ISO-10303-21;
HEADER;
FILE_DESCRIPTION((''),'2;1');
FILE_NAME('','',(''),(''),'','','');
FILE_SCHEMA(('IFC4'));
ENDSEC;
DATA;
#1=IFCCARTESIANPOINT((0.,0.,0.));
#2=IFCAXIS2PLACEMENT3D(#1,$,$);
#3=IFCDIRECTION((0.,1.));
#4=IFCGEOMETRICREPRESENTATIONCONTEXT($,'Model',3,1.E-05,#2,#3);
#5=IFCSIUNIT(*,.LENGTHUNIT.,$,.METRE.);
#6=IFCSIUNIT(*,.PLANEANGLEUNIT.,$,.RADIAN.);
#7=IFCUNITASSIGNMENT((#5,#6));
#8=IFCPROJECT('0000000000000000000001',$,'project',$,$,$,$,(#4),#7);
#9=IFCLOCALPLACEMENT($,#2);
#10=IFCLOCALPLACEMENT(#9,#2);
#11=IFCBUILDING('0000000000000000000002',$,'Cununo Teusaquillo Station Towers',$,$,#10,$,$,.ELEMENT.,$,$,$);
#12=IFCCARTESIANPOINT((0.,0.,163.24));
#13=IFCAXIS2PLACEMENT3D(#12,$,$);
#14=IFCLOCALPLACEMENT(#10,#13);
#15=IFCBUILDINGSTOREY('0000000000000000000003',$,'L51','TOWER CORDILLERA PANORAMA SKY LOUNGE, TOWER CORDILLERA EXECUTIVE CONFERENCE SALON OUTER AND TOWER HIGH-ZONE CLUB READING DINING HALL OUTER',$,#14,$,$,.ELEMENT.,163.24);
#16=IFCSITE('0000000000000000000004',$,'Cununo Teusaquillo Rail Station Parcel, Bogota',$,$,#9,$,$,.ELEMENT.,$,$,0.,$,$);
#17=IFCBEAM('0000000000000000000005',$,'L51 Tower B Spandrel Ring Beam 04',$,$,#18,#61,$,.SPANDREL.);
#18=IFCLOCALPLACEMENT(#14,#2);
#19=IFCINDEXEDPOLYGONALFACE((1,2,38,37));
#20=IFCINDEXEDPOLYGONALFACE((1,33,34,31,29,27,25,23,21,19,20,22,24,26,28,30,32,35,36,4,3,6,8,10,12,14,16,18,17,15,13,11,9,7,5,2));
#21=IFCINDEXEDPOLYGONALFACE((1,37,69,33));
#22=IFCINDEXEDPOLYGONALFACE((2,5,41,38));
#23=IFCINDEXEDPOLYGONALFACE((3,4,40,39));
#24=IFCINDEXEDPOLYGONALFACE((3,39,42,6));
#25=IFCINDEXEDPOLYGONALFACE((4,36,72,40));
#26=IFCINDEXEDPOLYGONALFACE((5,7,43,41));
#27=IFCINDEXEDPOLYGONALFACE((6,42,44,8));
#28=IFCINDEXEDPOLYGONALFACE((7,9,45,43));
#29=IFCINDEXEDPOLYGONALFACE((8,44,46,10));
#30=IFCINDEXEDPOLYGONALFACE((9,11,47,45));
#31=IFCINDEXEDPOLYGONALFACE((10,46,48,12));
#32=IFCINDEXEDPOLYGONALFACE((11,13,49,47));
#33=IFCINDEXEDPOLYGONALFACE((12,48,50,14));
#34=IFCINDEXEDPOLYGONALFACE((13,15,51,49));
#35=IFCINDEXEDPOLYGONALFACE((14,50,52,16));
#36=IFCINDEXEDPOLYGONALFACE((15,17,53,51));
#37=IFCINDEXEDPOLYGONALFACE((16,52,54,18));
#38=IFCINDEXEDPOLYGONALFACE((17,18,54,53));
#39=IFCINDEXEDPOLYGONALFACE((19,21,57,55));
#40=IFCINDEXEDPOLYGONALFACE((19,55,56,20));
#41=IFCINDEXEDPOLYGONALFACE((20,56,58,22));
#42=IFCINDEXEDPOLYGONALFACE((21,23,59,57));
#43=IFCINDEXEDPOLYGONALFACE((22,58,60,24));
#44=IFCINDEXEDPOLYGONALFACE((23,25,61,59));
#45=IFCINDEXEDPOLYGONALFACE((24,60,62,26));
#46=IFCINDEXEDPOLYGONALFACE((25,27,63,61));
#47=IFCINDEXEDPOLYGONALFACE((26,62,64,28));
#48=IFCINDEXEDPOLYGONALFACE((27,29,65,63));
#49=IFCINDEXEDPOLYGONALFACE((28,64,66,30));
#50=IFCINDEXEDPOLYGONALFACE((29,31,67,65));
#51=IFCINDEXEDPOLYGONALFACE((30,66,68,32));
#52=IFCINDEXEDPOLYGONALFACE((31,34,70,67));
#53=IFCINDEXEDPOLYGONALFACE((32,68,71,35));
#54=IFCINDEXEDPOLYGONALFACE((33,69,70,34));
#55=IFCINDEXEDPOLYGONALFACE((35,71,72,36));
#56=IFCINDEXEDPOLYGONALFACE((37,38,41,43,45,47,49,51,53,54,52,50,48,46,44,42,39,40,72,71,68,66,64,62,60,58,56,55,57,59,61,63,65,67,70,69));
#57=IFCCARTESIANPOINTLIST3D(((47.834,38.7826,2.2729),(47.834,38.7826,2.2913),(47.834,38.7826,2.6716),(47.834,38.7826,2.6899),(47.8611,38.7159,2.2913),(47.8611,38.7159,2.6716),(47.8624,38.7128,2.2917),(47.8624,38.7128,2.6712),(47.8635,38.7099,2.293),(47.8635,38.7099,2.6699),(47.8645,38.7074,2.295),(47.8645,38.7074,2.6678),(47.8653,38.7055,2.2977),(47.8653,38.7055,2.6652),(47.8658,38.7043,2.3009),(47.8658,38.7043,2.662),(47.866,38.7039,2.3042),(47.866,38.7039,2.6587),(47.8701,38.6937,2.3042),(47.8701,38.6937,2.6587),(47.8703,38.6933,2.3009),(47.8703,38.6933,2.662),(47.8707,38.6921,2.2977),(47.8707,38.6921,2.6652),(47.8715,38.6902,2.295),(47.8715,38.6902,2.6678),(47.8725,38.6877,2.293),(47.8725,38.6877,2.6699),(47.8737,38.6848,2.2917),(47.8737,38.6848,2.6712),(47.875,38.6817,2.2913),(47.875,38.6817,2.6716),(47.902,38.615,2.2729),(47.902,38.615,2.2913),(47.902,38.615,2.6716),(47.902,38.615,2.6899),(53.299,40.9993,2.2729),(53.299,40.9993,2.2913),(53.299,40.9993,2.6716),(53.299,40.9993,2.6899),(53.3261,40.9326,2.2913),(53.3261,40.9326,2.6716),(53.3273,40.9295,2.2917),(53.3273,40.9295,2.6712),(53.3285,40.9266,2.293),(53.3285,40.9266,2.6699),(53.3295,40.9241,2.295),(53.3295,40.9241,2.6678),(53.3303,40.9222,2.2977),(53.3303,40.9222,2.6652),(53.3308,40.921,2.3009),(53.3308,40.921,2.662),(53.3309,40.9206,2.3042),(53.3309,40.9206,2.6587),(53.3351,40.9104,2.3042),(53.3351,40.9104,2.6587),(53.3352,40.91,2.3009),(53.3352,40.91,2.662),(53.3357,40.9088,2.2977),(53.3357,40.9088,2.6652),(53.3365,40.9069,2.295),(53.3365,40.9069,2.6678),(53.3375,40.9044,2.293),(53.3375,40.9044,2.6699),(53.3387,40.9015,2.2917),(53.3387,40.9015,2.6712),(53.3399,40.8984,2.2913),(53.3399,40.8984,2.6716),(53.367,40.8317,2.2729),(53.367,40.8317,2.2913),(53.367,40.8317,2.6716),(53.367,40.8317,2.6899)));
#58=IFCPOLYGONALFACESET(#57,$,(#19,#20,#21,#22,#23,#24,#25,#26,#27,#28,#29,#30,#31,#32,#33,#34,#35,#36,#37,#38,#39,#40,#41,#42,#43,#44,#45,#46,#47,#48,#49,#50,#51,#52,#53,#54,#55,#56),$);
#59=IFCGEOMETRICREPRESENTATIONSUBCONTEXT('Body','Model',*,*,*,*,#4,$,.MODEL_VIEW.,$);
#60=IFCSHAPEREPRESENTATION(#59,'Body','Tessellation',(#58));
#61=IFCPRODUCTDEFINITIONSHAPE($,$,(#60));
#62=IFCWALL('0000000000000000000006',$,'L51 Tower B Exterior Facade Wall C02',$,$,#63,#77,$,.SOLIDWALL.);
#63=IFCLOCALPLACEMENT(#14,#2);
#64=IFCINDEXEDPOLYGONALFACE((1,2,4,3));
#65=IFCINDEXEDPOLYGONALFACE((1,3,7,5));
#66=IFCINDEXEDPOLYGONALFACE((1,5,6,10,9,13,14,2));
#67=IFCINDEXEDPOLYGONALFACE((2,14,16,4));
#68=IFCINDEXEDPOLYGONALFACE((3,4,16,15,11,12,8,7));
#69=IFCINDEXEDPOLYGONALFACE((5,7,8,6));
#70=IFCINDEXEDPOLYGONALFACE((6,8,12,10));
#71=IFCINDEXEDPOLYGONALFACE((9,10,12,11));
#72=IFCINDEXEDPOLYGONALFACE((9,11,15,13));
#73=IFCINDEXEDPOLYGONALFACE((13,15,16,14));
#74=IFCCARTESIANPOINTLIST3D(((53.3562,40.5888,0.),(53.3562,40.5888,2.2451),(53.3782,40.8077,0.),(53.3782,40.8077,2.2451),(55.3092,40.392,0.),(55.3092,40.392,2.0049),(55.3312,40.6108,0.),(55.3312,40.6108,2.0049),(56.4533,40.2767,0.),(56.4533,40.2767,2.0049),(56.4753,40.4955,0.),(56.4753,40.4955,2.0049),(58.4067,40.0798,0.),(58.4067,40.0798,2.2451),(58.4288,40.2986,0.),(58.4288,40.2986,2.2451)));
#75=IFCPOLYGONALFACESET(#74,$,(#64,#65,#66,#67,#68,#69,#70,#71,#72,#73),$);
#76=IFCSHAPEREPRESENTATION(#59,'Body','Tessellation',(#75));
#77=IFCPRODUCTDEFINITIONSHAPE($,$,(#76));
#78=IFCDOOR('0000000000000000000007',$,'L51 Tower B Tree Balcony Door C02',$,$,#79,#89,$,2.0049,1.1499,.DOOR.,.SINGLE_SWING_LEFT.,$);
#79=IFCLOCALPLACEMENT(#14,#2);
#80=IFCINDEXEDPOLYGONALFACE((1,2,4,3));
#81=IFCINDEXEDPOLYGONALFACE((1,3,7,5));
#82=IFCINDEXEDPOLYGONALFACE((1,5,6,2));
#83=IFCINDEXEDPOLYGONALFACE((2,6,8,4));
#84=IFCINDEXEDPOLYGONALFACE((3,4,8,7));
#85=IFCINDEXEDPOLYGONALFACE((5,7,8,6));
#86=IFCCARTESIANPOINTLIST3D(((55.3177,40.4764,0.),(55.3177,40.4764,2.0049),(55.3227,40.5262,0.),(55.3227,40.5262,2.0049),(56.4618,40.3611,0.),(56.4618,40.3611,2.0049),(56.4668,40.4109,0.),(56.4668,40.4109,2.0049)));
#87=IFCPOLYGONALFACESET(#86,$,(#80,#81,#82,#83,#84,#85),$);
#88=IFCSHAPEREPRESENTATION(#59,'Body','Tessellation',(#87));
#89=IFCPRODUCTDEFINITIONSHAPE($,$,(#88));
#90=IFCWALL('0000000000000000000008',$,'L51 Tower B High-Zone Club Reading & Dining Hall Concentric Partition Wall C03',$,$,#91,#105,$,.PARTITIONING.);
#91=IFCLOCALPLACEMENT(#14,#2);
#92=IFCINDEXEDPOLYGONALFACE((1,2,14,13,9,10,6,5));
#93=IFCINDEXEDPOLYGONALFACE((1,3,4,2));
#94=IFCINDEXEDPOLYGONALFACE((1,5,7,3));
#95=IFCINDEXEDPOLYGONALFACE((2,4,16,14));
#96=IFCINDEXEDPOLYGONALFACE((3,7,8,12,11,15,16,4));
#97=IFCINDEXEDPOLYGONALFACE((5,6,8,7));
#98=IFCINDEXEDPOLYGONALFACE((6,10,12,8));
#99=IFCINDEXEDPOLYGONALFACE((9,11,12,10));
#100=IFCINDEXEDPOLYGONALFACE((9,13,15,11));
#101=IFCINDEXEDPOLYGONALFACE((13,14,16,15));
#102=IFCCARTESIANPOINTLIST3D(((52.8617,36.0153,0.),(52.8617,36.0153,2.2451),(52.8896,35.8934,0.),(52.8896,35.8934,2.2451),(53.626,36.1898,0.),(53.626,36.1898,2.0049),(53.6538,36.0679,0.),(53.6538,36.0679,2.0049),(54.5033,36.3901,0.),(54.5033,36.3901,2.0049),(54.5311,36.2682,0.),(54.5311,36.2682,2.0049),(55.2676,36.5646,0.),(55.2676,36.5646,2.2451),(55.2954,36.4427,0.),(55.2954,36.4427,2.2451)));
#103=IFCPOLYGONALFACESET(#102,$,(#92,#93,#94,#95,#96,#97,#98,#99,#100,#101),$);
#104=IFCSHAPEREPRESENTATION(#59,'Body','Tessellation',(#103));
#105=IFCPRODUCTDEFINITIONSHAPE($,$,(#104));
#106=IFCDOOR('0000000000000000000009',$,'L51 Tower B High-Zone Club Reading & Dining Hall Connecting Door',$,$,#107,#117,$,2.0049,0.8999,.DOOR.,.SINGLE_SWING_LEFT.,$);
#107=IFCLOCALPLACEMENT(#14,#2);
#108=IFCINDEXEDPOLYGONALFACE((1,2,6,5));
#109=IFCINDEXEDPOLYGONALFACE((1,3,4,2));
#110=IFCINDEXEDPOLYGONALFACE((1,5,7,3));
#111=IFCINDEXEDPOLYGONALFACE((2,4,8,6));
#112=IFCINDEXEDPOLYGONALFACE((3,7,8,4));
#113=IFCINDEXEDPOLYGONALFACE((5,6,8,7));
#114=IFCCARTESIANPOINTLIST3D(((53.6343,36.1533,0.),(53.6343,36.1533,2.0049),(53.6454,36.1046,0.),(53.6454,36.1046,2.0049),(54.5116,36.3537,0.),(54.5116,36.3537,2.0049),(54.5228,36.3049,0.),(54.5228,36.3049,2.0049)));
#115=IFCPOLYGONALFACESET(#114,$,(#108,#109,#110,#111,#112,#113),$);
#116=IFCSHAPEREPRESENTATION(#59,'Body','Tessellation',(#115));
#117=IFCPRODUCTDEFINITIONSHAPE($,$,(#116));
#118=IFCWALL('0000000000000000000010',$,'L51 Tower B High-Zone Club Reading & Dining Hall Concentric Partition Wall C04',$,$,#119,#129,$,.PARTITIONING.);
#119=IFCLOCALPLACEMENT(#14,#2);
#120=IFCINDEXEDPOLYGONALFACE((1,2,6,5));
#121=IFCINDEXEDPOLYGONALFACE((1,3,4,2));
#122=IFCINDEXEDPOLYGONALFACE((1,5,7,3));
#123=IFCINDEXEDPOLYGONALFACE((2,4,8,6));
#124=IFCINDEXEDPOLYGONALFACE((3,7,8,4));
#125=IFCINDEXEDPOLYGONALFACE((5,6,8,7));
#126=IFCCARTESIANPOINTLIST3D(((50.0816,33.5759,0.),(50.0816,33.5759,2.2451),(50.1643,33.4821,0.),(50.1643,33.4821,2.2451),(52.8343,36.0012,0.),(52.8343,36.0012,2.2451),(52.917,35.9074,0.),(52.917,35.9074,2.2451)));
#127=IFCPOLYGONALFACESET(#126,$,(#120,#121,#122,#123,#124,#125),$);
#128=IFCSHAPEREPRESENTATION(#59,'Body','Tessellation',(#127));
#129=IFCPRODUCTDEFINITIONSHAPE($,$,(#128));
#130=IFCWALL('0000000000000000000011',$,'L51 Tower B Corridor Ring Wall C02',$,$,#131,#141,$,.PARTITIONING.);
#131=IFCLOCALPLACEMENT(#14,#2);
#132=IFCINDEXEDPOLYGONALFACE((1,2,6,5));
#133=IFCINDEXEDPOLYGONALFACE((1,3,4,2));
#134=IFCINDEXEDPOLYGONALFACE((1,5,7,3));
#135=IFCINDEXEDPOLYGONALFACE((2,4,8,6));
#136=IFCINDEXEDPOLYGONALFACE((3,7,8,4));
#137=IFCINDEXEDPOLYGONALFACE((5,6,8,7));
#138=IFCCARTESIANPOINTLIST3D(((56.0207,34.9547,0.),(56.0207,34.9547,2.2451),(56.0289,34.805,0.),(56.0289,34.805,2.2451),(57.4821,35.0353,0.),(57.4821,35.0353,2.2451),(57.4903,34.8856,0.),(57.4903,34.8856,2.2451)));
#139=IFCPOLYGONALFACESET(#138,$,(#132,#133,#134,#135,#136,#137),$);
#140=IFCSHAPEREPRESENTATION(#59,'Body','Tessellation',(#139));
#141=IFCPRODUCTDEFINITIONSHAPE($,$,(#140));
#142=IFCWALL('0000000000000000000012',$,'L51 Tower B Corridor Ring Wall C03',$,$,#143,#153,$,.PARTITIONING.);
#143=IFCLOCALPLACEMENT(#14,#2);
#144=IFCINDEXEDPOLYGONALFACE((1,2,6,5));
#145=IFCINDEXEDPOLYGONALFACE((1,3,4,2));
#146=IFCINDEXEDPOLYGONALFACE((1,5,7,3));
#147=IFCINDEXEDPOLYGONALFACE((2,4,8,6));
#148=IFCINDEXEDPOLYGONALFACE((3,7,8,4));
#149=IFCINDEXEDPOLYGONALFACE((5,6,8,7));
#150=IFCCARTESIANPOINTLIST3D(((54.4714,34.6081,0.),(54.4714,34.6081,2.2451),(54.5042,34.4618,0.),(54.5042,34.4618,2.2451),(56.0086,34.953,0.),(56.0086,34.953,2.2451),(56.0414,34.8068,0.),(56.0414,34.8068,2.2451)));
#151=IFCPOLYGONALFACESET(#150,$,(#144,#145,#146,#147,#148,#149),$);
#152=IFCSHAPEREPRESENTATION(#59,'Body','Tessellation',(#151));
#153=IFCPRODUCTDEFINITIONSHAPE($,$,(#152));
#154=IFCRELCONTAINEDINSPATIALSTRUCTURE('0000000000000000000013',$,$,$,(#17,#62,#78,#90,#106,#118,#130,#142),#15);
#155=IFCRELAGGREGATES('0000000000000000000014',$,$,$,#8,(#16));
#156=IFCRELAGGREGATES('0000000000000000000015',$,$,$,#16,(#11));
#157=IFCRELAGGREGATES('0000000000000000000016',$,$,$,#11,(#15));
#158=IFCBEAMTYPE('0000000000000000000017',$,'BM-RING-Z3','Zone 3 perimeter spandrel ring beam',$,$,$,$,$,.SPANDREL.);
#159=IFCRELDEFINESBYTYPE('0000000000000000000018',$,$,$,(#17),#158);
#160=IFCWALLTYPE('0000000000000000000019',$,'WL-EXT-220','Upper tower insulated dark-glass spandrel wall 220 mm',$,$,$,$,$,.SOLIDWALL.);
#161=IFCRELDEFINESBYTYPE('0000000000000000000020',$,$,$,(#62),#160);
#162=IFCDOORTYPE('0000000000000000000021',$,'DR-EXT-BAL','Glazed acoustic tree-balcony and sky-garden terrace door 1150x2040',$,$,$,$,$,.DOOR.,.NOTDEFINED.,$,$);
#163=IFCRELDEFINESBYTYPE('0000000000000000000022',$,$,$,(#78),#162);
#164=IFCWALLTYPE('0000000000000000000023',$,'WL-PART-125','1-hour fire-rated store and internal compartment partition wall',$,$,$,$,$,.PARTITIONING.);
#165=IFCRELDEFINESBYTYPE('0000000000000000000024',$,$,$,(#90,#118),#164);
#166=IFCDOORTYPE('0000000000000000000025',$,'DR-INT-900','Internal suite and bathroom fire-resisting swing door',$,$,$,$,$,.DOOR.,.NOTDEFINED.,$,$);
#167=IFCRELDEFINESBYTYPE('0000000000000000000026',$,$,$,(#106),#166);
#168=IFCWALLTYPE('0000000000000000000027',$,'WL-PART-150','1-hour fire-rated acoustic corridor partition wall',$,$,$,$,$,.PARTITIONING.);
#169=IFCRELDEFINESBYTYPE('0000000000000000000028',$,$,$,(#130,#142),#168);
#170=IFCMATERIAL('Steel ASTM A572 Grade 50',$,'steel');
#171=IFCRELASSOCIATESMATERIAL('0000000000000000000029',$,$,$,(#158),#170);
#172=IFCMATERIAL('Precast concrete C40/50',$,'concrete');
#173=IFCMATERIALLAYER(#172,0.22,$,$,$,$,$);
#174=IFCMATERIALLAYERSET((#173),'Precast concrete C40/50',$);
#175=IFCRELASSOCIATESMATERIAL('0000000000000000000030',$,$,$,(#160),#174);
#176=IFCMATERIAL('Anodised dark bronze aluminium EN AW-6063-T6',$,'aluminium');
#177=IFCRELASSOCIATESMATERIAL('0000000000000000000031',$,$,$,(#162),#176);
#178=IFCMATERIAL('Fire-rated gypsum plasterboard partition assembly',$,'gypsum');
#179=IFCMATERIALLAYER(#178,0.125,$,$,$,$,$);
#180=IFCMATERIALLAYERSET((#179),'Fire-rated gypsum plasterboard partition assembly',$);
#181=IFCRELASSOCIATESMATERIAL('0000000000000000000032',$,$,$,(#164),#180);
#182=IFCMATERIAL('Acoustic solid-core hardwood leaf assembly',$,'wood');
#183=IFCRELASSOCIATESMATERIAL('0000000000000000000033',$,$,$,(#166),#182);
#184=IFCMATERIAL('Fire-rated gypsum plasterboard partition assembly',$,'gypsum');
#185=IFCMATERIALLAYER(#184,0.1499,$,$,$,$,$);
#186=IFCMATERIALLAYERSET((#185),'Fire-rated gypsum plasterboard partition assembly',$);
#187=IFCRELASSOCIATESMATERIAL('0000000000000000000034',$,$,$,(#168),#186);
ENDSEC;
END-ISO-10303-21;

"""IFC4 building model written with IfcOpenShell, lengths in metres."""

from ifc_helpers import new_model, si_unit, direction, frame, frame_2d, origin, origin_2d, place, context, subcontext, project, spatial, rectangle, i_section, extrude, source, transform, mapped, material, layer, layer_set, material_profile, profile_set, type_object, element, fill, save


model = new_model("IFC4")

# Units and contexts
model_context = context("Model", 3, precision=1e-05, world=origin(), true_north=direction((0.0, 1.0)))
body_context = subcontext(model_context, "Body", "Model", "MODEL_VIEW")
ifc_project = project(units=[si_unit("LENGTHUNIT", "METRE"), si_unit("PLANEANGLEUNIT", "RADIAN")], contexts=[model_context])

# Site, building, storey
site_placement = place(None, origin())
site = spatial("IfcSite", under=ifc_project, at=site_placement, Name="Cununo Teusaquillo Rail Station Parcel, Bogota", CompositionType="ELEMENT", RefElevation=0.0)
building_placement = place(site_placement, origin())
building = spatial("IfcBuilding", under=site, at=building_placement, Name="Cununo Teusaquillo Station Towers", CompositionType="ELEMENT")
storey_placement = place(building_placement, frame((0.0, 0.0, 163.24)))
storey = spatial("IfcBuildingStorey", under=building, at=storey_placement, Name="L51", Description="TOWER CORDILLERA PANORAMA SKY LOUNGE, TOWER CORDILLERA EXECUTIVE CONFERENCE SALON OUTER AND TOWER HIGH-ZONE CLUB READING DINING HALL OUTER", CompositionType="ELEMENT", Elevation=163.24)

# Beam
ifc_material_1 = material(Name="Steel ASTM A572 Grade 50", Category="steel")
ifc_material_profile_1 = material_profile(ifc_material_1, i_section(OverallWidth=0.1809, OverallDepth=0.417, WebThickness=0.011, FlangeThickness=0.0183, FilletRadius=0.0129, at=origin_2d()), Name="W16X57")
ifc_profile_set_1 = profile_set([ifc_material_profile_1], Name="Steel ASTM A572 Grade 50")
beam_type_1 = type_object("IfcBeamType", Name="BM-RING-Z3", Description="Zone 3 perimeter spandrel ring beam", PredefinedType="SPANDREL", material=ifc_profile_set_1)
beam_1_placement = place(storey_placement, frame((53.333, 40.9155, 2.4814), z_axis=(-0.926667, -0.375883, 0.0), x_axis=(0.375883, -0.926667, 0.0)))
element("IfcBeam", 1, at=beam_1_placement, inside=storey, type_object=beam_type_1, Name="L51 Tower B Spandrel Ring Beam 04", PredefinedType="SPANDREL", context=body_context, shape_type="SweptSolid", body=[
    extrude(i_section(OverallWidth=0.1809, OverallDepth=0.417, WebThickness=0.011, FlangeThickness=0.0183, FilletRadius=0.0129, at=origin_2d()), origin(), (0.0, 0.0, 1.0), 5.8975),
])

# Walls, openings, doors
ifc_material_2 = material(Name="Precast concrete C40/50", Category="concrete")
ifc_layer_1 = layer(ifc_material_2, 0.22)
ifc_layer_set_1 = layer_set([ifc_layer_1], Name="Precast concrete C40/50")
wall_type_1 = type_object("IfcWallType", Name="WL-EXT-220", Description="Upper tower insulated dark-glass spandrel wall 220 mm", PredefinedType="SOLIDWALL", material=ifc_layer_set_1)
wall_1_placement = place(storey_placement, frame((53.3672, 40.6982, 0.0), z_axis=(0.0, 0.0, 1.0), x_axis=(0.994959, -0.10028, 0.0)))
wall_1 = element("IfcWall", 2, at=wall_1_placement, inside=storey, type_object=wall_type_1, Name="L51 Tower B Exterior Facade Wall C02", PredefinedType="SOLIDWALL", context=body_context, shape_type="SweptSolid", body=[
    extrude(rectangle(XDim=5.0762, YDim=0.22, at=frame_2d((2.5381, 0.0))), origin(), (0.0, 0.0, 1.0), 2.2451),
])
shared_shape_1 = source(origin(), body_context, "Body", "SweptSolid", [
    extrude(rectangle(XDim=1.1499, YDim=2.0049, at=frame_2d((0.575, 1.0024))), frame((0.0, 0.1199, 0.0), z_axis=(0.0, -1.0, 0.0), x_axis=(1.0, 0.0, 0.0)), (0.0, 0.0, 1.0), 0.24),
])
opening_1_placement = place(wall_1_placement, frame((1.9629, 0.0, 0.0)))
opening_1 = element("IfcOpeningElement", 3, at=opening_1_placement, cuts=wall_1, PredefinedType="OPENING", context=body_context, shape_type="MappedRepresentation", body=[
    mapped(shared_shape_1, transform((0.0, 0.0, 0.0), x_axis=(1.0, 0.0, 0.0), y_axis=(0.0, 1.0, 0.0), z_axis=(0.0, 0.0, 1.0), scale=1.0)),
])
ifc_material_3 = material(Name="Anodised dark bronze aluminium EN AW-6063-T6", Category="aluminium")
door_type_1 = type_object("IfcDoorType", Name="DR-EXT-BAL", Description="Glazed acoustic tree-balcony and sky-garden terrace door 1150x2040", OperationType="NOTDEFINED", PredefinedType="DOOR", material=ifc_material_3)
shared_shape_2 = source(origin(), body_context, "Body", "SweptSolid", [
    extrude(rectangle(XDim=1.1499, YDim=2.0049, at=frame_2d((0.575, 1.0024))), frame((0.0, 0.0249, 0.0), z_axis=(0.0, -1.0, 0.0), x_axis=(1.0, 0.0, 0.0)), (0.0, 0.0, 1.0), 0.05),
])
door_1_placement = place(opening_1_placement, origin())
door_1 = element("IfcDoor", 4, at=door_1_placement, inside=storey, type_object=door_type_1, Name="L51 Tower B Tree Balcony Door C02", OperationType="SINGLE_SWING_LEFT", OverallHeight=2.0049, OverallWidth=1.1499, PredefinedType="DOOR", context=body_context, shape_type="MappedRepresentation", body=[
    mapped(shared_shape_2, transform((0.0, 0.0, 0.0), x_axis=(1.0, 0.0, 0.0), y_axis=(0.0, 1.0, 0.0), z_axis=(0.0, 0.0, 1.0), scale=1.0)),
])
fill(opening_1, door_1)
ifc_material_4 = material(Name="Fire-rated gypsum plasterboard partition assembly", Category="gypsum")
ifc_layer_2 = layer(ifc_material_4, 0.125)
ifc_layer_set_2 = layer_set([ifc_layer_2], Name="Fire-rated gypsum plasterboard partition assembly")
wall_type_2 = type_object("IfcWallType", Name="WL-PART-125", Description="1-hour fire-rated store and internal compartment partition wall", PredefinedType="PARTITIONING", material=ifc_layer_set_2)
wall_2_placement = place(storey_placement, frame((55.2815, 36.5037, 0.0), z_axis=(0.0, 0.0, 1.0), x_axis=(-0.974909, -0.222605, 0.0)))
wall_2 = element("IfcWall", 5, at=wall_2_placement, inside=storey, type_object=wall_type_2, Name="L51 Tower B High-Zone Club Reading & Dining Hall Concentric Partition Wall C03", PredefinedType="PARTITIONING", context=body_context, shape_type="SweptSolid", body=[
    extrude(rectangle(XDim=2.4678, YDim=0.125, at=frame_2d((1.2339, 0.0))), origin(), (0.0, 0.0, 1.0), 2.2451),
])
shared_shape_3 = source(origin(), body_context, "Body", "SweptSolid", [
    extrude(rectangle(XDim=0.8999, YDim=2.0049, at=frame_2d((0.45, 1.0024))), frame((0.0, 0.0725, 0.0), z_axis=(0.0, -1.0, 0.0), x_axis=(1.0, 0.0, 0.0)), (0.0, 0.0, 1.0), 0.145),
])
opening_2_placement = place(wall_2_placement, frame((0.7839, 0.0, 0.0)))
opening_2 = element("IfcOpeningElement", 6, at=opening_2_placement, cuts=wall_2, PredefinedType="OPENING", context=body_context, shape_type="MappedRepresentation", body=[
    mapped(shared_shape_3, transform((0.0, 0.0, 0.0), x_axis=(1.0, 0.0, 0.0), y_axis=(0.0, 1.0, 0.0), z_axis=(0.0, 0.0, 1.0), scale=1.0)),
])
ifc_material_5 = material(Name="Acoustic solid-core hardwood leaf assembly", Category="wood")
door_type_2 = type_object("IfcDoorType", Name="DR-INT-900", Description="Internal suite and bathroom fire-resisting swing door", OperationType="NOTDEFINED", PredefinedType="DOOR", material=ifc_material_5)
shared_shape_4 = source(origin(), body_context, "Body", "SweptSolid", [
    extrude(rectangle(XDim=0.8999, YDim=2.0049, at=frame_2d((0.45, 1.0024))), frame((0.0, 0.0249, 0.0), z_axis=(0.0, -1.0, 0.0), x_axis=(1.0, 0.0, 0.0)), (0.0, 0.0, 1.0), 0.05),
])
door_2_placement = place(opening_2_placement, origin())
door_2 = element("IfcDoor", 7, at=door_2_placement, inside=storey, type_object=door_type_2, Name="L51 Tower B High-Zone Club Reading & Dining Hall Connecting Door", OperationType="SINGLE_SWING_LEFT", OverallHeight=2.0049, OverallWidth=0.8999, PredefinedType="DOOR", context=body_context, shape_type="MappedRepresentation", body=[
    mapped(shared_shape_4, transform((0.0, 0.0, 0.0), x_axis=(1.0, 0.0, 0.0), y_axis=(0.0, 1.0, 0.0), z_axis=(0.0, 0.0, 1.0), scale=1.0)),
])
fill(opening_2, door_2)

# Walls
wall_3_placement = place(storey_placement, frame((52.8757, 35.9543, 0.0), z_axis=(0.0, 0.0, 1.0), x_axis=(-0.750317, -0.661078, 0.0)))
element("IfcWall", 8, at=wall_3_placement, inside=storey, type_object=wall_type_2, Name="L51 Tower B High-Zone Club Reading & Dining Hall Concentric Partition Wall C04", PredefinedType="PARTITIONING", context=body_context, shape_type="SweptSolid", body=[
    extrude(rectangle(XDim=3.6687, YDim=0.125, at=frame_2d((1.8345, 0.0))), origin(), (0.0, 0.0, 1.0), 2.2451),
])
ifc_material_6 = material(Name="Fire-rated gypsum plasterboard partition assembly", Category="gypsum")
ifc_layer_3 = layer(ifc_material_6, 0.1499)
ifc_layer_set_3 = layer_set([ifc_layer_3], Name="Fire-rated gypsum plasterboard partition assembly")
wall_type_3 = type_object("IfcWallType", Name="WL-PART-150", Description="1-hour fire-rated acoustic corridor partition wall", PredefinedType="PARTITIONING", material=ifc_layer_set_3)
wall_4_placement = place(storey_placement, frame((57.4863, 34.9604, 0.0), z_axis=(0.0, 0.0, 1.0), x_axis=(-0.998484, -0.055045, 0.0)))
element("IfcWall", 9, at=wall_4_placement, inside=storey, type_object=wall_type_3, Name="L51 Tower B Corridor Ring Wall C02", PredefinedType="PARTITIONING", context=body_context, shape_type="SweptSolid", body=[
    extrude(rectangle(XDim=1.4636, YDim=0.1499, at=frame_2d((0.7319, 0.0))), origin(), (0.0, 0.0, 1.0), 2.2451),
])
wall_5_placement = place(storey_placement, frame((56.0249, 34.8799, 0.0), z_axis=(0.0, 0.0, 1.0), x_axis=(-0.975729, -0.218981, 0.0)))
element("IfcWall", 10, at=wall_5_placement, inside=storey, type_object=wall_type_3, Name="L51 Tower B Corridor Ring Wall C03", PredefinedType="PARTITIONING", context=body_context, shape_type="SweptSolid", body=[
    extrude(rectangle(XDim=1.5754, YDim=0.1499, at=frame_2d((0.7876, 0.0))), origin(), (0.0, 0.0, 1.0), 2.2451),
])

save(model, "model.ifc")
